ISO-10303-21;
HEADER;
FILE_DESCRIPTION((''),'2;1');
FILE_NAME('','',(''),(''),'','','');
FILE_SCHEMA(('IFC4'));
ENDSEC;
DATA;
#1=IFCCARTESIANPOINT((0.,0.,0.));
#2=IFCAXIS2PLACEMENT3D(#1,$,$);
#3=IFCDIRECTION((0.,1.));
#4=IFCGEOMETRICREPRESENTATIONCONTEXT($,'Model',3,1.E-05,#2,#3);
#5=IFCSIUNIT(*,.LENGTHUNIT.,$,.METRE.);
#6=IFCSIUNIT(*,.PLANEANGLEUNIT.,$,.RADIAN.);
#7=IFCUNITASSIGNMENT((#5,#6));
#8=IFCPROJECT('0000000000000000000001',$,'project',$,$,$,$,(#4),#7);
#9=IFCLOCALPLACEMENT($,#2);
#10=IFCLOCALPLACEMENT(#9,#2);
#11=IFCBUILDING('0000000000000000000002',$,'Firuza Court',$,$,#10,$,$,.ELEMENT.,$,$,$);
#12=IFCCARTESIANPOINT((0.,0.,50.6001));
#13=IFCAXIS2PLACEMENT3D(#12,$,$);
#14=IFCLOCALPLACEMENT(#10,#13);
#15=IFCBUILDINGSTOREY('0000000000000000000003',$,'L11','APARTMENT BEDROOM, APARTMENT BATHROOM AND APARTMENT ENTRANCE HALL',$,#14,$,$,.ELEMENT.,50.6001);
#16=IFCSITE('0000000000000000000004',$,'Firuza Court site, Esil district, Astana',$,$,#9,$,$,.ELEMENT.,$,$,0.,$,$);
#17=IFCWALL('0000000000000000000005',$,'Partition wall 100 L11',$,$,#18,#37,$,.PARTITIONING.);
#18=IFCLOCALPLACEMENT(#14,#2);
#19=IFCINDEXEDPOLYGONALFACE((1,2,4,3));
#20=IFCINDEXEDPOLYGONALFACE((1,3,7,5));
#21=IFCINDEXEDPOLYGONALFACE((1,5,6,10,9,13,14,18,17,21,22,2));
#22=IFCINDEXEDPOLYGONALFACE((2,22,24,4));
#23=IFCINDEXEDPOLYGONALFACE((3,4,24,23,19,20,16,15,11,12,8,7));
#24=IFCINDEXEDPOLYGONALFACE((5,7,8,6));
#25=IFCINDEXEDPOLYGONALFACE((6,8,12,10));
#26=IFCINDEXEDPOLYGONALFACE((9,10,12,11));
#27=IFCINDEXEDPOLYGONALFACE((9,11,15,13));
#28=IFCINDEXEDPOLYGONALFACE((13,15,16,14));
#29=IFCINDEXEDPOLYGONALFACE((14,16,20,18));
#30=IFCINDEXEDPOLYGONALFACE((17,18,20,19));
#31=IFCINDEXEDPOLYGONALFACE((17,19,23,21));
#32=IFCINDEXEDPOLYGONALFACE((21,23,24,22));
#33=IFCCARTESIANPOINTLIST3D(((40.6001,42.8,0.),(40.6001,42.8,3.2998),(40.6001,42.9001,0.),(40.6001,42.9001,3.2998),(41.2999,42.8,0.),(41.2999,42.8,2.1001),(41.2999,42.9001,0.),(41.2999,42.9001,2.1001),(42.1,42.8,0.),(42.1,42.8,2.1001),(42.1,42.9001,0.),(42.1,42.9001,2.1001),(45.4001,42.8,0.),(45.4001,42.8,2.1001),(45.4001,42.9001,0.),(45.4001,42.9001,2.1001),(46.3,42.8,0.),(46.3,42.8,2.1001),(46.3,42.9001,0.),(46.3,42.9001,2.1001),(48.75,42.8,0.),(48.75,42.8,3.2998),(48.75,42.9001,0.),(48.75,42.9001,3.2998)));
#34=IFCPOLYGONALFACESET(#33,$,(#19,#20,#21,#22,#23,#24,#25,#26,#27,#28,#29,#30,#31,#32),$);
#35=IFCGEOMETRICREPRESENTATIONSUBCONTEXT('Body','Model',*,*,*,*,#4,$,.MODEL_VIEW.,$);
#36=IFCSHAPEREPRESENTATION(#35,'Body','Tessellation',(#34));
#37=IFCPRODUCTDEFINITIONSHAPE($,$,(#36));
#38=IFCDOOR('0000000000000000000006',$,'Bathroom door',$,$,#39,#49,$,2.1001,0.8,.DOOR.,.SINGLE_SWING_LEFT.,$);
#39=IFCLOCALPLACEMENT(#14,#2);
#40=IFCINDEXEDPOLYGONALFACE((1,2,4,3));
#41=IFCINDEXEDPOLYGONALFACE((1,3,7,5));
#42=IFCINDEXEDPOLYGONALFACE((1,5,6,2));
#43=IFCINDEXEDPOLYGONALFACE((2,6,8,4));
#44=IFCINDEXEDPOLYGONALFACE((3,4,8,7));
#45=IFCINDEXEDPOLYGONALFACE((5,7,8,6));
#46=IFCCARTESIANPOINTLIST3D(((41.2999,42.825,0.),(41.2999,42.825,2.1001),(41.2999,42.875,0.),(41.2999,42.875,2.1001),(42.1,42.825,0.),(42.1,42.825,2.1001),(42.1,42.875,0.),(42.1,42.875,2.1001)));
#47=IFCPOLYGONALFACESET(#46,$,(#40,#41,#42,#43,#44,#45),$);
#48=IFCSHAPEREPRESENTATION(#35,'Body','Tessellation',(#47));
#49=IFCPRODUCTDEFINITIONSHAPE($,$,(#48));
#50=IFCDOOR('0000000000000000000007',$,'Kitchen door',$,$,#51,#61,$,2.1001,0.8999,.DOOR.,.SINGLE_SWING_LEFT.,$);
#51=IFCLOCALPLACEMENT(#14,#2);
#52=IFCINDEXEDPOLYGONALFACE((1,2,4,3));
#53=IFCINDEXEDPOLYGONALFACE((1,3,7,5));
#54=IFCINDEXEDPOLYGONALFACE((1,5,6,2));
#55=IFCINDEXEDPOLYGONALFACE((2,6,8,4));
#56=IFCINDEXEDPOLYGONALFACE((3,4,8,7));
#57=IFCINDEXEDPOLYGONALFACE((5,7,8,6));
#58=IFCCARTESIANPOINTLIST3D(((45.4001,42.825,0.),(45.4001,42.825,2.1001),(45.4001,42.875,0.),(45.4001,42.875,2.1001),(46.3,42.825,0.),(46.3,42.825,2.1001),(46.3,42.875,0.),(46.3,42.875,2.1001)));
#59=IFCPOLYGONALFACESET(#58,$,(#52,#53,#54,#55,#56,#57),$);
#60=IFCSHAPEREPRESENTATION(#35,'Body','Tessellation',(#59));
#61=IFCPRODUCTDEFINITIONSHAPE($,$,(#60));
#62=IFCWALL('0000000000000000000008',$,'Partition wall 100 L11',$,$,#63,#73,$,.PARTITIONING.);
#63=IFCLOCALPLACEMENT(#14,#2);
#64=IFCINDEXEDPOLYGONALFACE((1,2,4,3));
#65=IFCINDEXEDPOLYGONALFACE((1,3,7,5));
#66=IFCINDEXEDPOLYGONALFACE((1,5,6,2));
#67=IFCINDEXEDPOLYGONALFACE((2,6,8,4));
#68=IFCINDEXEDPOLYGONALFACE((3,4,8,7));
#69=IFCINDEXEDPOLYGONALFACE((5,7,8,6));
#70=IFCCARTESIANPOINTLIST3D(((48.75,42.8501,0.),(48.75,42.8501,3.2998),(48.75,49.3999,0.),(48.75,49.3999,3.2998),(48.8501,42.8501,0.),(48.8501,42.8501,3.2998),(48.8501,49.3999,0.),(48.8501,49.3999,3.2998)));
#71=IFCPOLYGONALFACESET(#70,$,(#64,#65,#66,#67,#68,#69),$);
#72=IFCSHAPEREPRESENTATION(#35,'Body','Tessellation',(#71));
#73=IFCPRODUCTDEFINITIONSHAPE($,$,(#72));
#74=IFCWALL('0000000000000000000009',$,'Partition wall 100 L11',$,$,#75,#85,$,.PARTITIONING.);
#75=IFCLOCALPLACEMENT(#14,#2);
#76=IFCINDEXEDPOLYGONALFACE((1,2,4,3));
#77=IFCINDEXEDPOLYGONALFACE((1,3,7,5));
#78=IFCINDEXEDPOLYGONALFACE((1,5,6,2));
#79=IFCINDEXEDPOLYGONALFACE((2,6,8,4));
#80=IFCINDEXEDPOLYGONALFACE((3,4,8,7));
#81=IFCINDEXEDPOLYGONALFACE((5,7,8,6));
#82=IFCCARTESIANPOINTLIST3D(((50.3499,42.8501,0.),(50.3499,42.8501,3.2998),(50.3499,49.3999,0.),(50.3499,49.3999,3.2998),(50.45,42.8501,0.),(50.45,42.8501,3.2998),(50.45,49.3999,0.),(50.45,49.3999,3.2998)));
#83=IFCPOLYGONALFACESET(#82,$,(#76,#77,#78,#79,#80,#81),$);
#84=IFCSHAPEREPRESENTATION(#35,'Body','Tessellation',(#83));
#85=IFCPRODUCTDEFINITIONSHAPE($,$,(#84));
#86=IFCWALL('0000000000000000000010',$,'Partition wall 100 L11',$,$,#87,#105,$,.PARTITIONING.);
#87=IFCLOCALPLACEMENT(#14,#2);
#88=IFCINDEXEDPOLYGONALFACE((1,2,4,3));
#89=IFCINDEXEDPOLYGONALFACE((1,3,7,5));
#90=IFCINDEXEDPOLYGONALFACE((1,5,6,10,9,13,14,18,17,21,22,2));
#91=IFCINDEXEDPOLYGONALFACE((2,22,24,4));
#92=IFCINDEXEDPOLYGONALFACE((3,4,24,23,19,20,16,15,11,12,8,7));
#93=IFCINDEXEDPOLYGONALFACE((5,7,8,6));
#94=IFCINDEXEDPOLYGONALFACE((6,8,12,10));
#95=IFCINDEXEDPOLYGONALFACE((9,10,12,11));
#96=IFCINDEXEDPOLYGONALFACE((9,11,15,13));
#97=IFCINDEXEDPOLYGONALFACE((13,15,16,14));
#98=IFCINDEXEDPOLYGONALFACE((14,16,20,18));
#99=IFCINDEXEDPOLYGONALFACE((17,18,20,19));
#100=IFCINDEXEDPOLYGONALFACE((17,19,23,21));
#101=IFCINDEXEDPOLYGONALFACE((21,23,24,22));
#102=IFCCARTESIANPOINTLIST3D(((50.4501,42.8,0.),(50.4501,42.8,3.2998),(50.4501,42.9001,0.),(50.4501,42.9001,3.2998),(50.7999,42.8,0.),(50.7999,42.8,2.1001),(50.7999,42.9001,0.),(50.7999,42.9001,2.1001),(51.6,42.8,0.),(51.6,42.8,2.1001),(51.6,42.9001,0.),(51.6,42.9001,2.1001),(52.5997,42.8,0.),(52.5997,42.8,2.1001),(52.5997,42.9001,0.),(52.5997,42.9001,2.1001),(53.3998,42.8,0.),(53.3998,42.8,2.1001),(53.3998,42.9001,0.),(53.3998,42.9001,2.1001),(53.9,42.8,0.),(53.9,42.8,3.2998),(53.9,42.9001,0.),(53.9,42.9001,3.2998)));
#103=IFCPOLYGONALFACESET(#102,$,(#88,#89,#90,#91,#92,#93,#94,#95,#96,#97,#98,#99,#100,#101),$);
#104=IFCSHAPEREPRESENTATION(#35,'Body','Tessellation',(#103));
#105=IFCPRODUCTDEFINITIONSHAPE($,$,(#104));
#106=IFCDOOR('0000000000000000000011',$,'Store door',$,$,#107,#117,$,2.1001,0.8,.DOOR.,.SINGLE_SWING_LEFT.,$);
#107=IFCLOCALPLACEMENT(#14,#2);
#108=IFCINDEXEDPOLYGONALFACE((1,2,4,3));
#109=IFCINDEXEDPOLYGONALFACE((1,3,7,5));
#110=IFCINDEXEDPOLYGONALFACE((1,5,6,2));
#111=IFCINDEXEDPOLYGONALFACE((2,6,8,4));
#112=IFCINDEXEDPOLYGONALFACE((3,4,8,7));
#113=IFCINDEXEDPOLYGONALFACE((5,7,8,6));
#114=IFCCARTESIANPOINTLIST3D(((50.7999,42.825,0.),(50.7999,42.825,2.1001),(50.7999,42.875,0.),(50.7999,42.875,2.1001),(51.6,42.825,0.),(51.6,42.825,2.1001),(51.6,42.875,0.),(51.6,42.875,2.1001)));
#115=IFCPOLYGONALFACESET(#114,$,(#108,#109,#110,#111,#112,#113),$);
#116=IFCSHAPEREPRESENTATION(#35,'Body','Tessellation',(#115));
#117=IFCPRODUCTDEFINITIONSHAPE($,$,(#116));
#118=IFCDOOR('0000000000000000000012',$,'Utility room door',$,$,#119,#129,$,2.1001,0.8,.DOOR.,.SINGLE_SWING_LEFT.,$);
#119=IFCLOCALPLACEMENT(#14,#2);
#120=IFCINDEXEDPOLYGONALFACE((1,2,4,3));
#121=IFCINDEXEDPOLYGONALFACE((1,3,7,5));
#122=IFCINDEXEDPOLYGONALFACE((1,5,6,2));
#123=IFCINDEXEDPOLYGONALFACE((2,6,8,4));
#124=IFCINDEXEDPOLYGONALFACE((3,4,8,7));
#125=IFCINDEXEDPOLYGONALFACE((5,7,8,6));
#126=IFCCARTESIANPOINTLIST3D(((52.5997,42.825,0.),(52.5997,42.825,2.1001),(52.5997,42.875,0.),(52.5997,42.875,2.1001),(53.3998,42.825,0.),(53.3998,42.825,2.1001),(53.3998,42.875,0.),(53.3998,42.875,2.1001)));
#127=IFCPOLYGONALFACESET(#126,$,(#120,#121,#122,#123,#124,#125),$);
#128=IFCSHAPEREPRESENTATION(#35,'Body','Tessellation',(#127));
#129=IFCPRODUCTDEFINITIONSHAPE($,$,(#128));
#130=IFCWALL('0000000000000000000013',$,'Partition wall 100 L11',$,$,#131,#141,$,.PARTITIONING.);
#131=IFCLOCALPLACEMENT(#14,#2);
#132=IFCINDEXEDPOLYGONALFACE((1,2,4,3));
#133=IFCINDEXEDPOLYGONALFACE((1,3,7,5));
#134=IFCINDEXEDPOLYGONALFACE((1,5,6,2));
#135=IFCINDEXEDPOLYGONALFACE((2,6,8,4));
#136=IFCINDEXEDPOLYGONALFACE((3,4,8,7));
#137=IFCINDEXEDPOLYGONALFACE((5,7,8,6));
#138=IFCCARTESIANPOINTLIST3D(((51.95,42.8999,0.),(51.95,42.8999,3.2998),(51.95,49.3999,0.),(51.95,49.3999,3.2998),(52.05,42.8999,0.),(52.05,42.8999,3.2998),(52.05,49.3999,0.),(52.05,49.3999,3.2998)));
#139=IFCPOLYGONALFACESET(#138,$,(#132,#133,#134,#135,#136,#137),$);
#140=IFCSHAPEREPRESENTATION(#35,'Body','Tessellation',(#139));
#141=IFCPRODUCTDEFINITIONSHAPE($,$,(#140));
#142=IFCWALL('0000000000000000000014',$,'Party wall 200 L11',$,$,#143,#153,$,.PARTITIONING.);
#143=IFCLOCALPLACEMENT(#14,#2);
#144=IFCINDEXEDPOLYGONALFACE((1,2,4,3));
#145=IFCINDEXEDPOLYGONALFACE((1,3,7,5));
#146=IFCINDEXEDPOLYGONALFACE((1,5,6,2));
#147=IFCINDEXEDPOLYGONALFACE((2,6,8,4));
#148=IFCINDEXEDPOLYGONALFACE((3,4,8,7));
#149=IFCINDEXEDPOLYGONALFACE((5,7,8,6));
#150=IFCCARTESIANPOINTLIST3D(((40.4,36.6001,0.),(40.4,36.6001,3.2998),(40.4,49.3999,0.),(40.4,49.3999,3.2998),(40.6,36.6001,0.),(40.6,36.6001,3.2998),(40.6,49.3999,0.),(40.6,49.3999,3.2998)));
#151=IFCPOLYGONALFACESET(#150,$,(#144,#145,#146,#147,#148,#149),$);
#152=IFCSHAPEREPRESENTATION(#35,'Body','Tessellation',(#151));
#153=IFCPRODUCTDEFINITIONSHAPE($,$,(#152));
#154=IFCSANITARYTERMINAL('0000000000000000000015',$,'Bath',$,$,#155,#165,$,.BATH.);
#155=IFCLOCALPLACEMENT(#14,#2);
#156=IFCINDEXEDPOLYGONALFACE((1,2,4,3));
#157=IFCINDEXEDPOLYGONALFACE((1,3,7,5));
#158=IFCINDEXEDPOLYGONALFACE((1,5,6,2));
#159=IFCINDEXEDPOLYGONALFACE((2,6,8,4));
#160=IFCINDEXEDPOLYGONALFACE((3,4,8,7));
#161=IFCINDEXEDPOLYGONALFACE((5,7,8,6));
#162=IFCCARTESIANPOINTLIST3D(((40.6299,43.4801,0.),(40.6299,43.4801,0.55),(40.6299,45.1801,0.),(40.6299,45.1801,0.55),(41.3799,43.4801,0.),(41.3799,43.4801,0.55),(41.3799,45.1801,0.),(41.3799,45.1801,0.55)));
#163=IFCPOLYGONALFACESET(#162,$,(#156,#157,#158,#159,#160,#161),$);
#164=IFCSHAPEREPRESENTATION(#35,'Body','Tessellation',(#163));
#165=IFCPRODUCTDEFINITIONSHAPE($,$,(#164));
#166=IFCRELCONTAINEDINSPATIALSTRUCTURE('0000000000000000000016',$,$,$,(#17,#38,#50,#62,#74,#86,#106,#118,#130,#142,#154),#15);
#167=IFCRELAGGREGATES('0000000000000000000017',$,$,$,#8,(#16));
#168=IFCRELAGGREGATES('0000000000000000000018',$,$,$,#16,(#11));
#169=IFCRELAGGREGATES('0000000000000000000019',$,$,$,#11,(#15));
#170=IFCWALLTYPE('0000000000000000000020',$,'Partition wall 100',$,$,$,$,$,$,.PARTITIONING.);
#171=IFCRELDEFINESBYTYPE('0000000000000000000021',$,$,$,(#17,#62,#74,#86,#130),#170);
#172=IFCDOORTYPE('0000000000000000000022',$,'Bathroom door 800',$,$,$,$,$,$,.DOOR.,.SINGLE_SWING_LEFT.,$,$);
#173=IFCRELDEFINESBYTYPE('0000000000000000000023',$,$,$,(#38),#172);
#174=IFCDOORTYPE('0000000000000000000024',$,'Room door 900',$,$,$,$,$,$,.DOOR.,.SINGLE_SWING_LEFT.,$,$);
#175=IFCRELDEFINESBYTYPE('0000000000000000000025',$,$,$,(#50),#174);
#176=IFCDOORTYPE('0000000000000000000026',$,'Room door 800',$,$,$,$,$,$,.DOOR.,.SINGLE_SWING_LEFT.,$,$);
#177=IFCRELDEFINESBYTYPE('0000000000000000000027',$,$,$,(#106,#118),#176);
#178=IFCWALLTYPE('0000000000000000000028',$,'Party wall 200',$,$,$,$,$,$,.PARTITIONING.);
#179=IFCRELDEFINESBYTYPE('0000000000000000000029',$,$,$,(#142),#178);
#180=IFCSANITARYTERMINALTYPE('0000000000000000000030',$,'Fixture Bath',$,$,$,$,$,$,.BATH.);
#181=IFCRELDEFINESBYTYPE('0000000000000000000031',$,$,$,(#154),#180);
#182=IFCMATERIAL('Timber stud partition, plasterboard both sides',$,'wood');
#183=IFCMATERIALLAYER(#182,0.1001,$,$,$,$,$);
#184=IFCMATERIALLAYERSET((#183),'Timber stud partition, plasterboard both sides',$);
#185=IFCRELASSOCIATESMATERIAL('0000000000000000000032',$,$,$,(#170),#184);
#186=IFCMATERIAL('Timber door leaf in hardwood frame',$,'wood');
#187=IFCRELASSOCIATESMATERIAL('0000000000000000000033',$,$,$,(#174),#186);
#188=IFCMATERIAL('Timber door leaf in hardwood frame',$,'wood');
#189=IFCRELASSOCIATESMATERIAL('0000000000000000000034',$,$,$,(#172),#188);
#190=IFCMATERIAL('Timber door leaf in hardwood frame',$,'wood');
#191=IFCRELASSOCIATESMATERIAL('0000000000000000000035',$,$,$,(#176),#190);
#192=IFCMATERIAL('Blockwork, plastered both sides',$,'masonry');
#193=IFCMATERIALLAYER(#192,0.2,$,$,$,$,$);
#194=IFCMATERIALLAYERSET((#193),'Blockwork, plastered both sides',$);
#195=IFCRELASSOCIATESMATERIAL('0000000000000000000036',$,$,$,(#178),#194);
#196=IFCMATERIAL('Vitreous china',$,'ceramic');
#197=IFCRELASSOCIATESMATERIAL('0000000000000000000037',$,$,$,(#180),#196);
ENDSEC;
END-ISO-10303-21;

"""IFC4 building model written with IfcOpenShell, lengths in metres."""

from ifc_helpers import new_model, si_unit, direction, frame, frame_2d, origin, origin_2d, place, context, subcontext, project, spatial, rectangle, extrude, material, layer, layer_set, type_object, element, fill, save


model = new_model("IFC4")

# Units and contexts
model_context = context("Model", 3, precision=1e-05, world=origin(), true_north=direction((0.0, 1.0)))
body_context = subcontext(model_context, "Body", "Model", "MODEL_VIEW")
ifc_project = project(units=[si_unit("LENGTHUNIT", "METRE"), si_unit("PLANEANGLEUNIT", "RADIAN")], contexts=[model_context])

# Site, building, storey
site_placement = place(None, origin())
site = spatial("IfcSite", under=ifc_project, at=site_placement, Name="Firuza Court site, Esil district, Astana", CompositionType="ELEMENT", RefElevation=0.0)
building_placement = place(site_placement, origin())
building = spatial("IfcBuilding", under=site, at=building_placement, Name="Firuza Court", CompositionType="ELEMENT")
storey_placement = place(building_placement, frame((0.0, 0.0, 50.6001)))
storey = spatial("IfcBuildingStorey", under=building, at=storey_placement, Name="L11", Description="APARTMENT BEDROOM, APARTMENT BATHROOM AND APARTMENT ENTRANCE HALL", CompositionType="ELEMENT", Elevation=50.6001)

# Shared definitions
ifc_material_1 = material(Name="Timber stud partition, plasterboard both sides", Category="wood")
ifc_layer_1 = layer(ifc_material_1, 0.1001)
ifc_layer_set_1 = layer_set([ifc_layer_1], Name="Timber stud partition, plasterboard both sides")
wall_type_1 = type_object("IfcWallType", Name="Partition wall 100", PredefinedType="PARTITIONING", material=ifc_layer_set_1)

# Shared definitions
ifc_material_2 = material(Name="Timber door leaf in hardwood frame", Category="wood")
door_type_1 = type_object("IfcDoorType", Name="Room door 900", OperationType="SINGLE_SWING_LEFT", PredefinedType="DOOR", material=ifc_material_2)

# Wall, openings, doors
wall_1_placement = place(storey_placement, frame((40.6001, 42.8501, 0.0), z_axis=(0.0, 0.0, 1.0), x_axis=(1.0, 0.0, 0.0)))
wall_1 = element("IfcWall", 1, at=wall_1_placement, inside=storey, type_object=wall_type_1, Name="Partition wall 100 L11", PredefinedType="PARTITIONING", context=body_context, shape_type="SweptSolid", body=[
    extrude(rectangle(XDim=8.1499, YDim=0.1001, at=frame_2d((4.075, 0.0))), origin(), (0.0, 0.0, 1.0), 3.2998),
])
opening_1_placement = place(wall_1_placement, frame((0.7, 0.0, 0.0)))
opening_1 = element("IfcOpeningElement", 2, at=opening_1_placement, cuts=wall_1, PredefinedType="OPENING", context=body_context, shape_type="SweptSolid", body=[
    extrude(rectangle(XDim=0.8, YDim=2.1001, at=frame_2d((0.3999, 1.05))), frame((0.0, 0.062, 0.0), z_axis=(0.0, -1.0, 0.0), x_axis=(1.0, 0.0, 0.0)), (0.0, 0.0, 1.0), 0.124),
])
opening_2_placement = place(wall_1_placement, frame((4.8, 0.0, 0.0)))
opening_2 = element("IfcOpeningElement", 3, at=opening_2_placement, cuts=wall_1, PredefinedType="OPENING", context=body_context, shape_type="SweptSolid", body=[
    extrude(rectangle(XDim=0.8999, YDim=2.1001, at=frame_2d((0.45, 1.05))), frame((0.0, 0.062, 0.0), z_axis=(0.0, -1.0, 0.0), x_axis=(1.0, 0.0, 0.0)), (0.0, 0.0, 1.0), 0.124),
])
ifc_material_3 = material(Name="Timber door leaf in hardwood frame", Category="wood")
door_type_2 = type_object("IfcDoorType", Name="Bathroom door 800", OperationType="SINGLE_SWING_LEFT", PredefinedType="DOOR", material=ifc_material_3)
door_1_placement = place(opening_1_placement, origin())
door_1 = element("IfcDoor", 4, at=door_1_placement, inside=storey, type_object=door_type_2, Name="Bathroom door", OperationType="SINGLE_SWING_LEFT", OverallHeight=2.1001, OverallWidth=0.8, PredefinedType="DOOR", context=body_context, shape_type="SweptSolid", body=[
    extrude(rectangle(XDim=0.8, YDim=2.1001, at=frame_2d((0.3999, 1.05))), frame((0.0, 0.0249, 0.0), z_axis=(0.0, -1.0, 0.0), x_axis=(1.0, 0.0, 0.0)), (0.0, 0.0, 1.0), 0.05),
])
fill(opening_1, door_1)
door_2_placement = place(opening_2_placement, origin())
door_2 = element("IfcDoor", 5, at=door_2_placement, inside=storey, type_object=door_type_1, Name="Kitchen door", OperationType="SINGLE_SWING_LEFT", OverallHeight=2.1001, OverallWidth=0.8999, PredefinedType="DOOR", context=body_context, shape_type="SweptSolid", body=[
    extrude(rectangle(XDim=0.8999, YDim=2.1001, at=frame_2d((0.45, 1.05))), frame((0.0, 0.0249, 0.0), z_axis=(0.0, -1.0, 0.0), x_axis=(1.0, 0.0, 0.0)), (0.0, 0.0, 1.0), 0.05),
])
fill(opening_2, door_2)

# Walls
for number, where, z_axis, x_axis, name in (
    (6, (48.8, 42.8501, 0.0), (0.0, 0.0, 1.0), (0.0, 1.0, 0.0), "Partition wall 100 L11"),
    (7, (50.3999, 42.8501, 0.0), (0.0, 0.0, 1.0), (0.0, 1.0, 0.0), "Partition wall 100 L11"),
):
    element("IfcWall", number, at=place(storey_placement, frame(where, z_axis=z_axis, x_axis=x_axis)), inside=storey, type_object=wall_type_1, Name=name, PredefinedType="PARTITIONING", context=body_context, shape_type="SweptSolid", body=[
        extrude(rectangle(XDim=6.5498, YDim=0.1001, at=frame_2d((3.2749, 0.0))), origin(), (0.0, 0.0, 1.0), 3.2998),
    ])

# Wall, openings, doors
wall_2_placement = place(storey_placement, frame((50.45, 42.8501, 0.0), z_axis=(0.0, 0.0, 1.0), x_axis=(1.0, 0.0, 0.0)))
wall_2 = element("IfcWall", 8, at=wall_2_placement, inside=storey, type_object=wall_type_1, Name="Partition wall 100 L11", PredefinedType="PARTITIONING", context=body_context, shape_type="SweptSolid", body=[
    extrude(rectangle(XDim=3.45, YDim=0.1001, at=frame_2d((1.7251, 0.0))), origin(), (0.0, 0.0, 1.0), 3.2998),
])
opening_3_placement = place(wall_2_placement, frame((0.3501, 0.0, 0.0)))
opening_3 = element("IfcOpeningElement", 9, at=opening_3_placement, cuts=wall_2, PredefinedType="OPENING", context=body_context, shape_type="SweptSolid", body=[
    extrude(rectangle(XDim=0.8, YDim=2.1001, at=frame_2d((0.3999, 1.05))), frame((0.0, 0.062, 0.0), z_axis=(0.0, -1.0, 0.0), x_axis=(1.0, 0.0, 0.0)), (0.0, 0.0, 1.0), 0.124),
])
opening_4_placement = place(wall_2_placement, frame((2.1499, 0.0, 0.0)))
opening_4 = element("IfcOpeningElement", 10, at=opening_4_placement, cuts=wall_2, PredefinedType="OPENING", context=body_context, shape_type="SweptSolid", body=[
    extrude(rectangle(XDim=0.8, YDim=2.1001, at=frame_2d((0.3999, 1.05))), frame((0.0, 0.062, 0.0), z_axis=(0.0, -1.0, 0.0), x_axis=(1.0, 0.0, 0.0)), (0.0, 0.0, 1.0), 0.124),
])
ifc_material_4 = material(Name="Timber door leaf in hardwood frame", Category="wood")
door_type_3 = type_object("IfcDoorType", Name="Room door 800", OperationType="SINGLE_SWING_LEFT", PredefinedType="DOOR", material=ifc_material_4)
door_3_placement = place(opening_3_placement, origin())
door_3 = element("IfcDoor", 11, at=door_3_placement, inside=storey, type_object=door_type_3, Name="Store door", OperationType="SINGLE_SWING_LEFT", OverallHeight=2.1001, OverallWidth=0.8, PredefinedType="DOOR", context=body_context, shape_type="SweptSolid", body=[
    extrude(rectangle(XDim=0.8, YDim=2.1001, at=frame_2d((0.3999, 1.05))), frame((0.0, 0.0249, 0.0), z_axis=(0.0, -1.0, 0.0), x_axis=(1.0, 0.0, 0.0)), (0.0, 0.0, 1.0), 0.05),
])
fill(opening_3, door_3)
door_4_placement = place(opening_4_placement, origin())
door_4 = element("IfcDoor", 12, at=door_4_placement, inside=storey, type_object=door_type_3, Name="Utility room door", OperationType="SINGLE_SWING_LEFT", OverallHeight=2.1001, OverallWidth=0.8, PredefinedType="DOOR", context=body_context, shape_type="SweptSolid", body=[
    extrude(rectangle(XDim=0.8, YDim=2.1001, at=frame_2d((0.3999, 1.05))), frame((0.0, 0.0249, 0.0), z_axis=(0.0, -1.0, 0.0), x_axis=(1.0, 0.0, 0.0)), (0.0, 0.0, 1.0), 0.05),
])
fill(opening_4, door_4)

# Walls
wall_3_placement = place(storey_placement, frame((52.0, 42.8999, 0.0), z_axis=(0.0, 0.0, 1.0), x_axis=(0.0, 1.0, 0.0)))
element("IfcWall", 13, at=wall_3_placement, inside=storey, type_object=wall_type_1, Name="Partition wall 100 L11", PredefinedType="PARTITIONING", context=body_context, shape_type="SweptSolid", body=[
    extrude(rectangle(XDim=6.5, YDim=0.1001, at=frame_2d((3.25, 0.0))), origin(), (0.0, 0.0, 1.0), 3.2998),
])
ifc_material_5 = material(Name="Blockwork, plastered both sides", Category="masonry")
ifc_layer_2 = layer(ifc_material_5, 0.2)
ifc_layer_set_2 = layer_set([ifc_layer_2], Name="Blockwork, plastered both sides")
wall_type_2 = type_object("IfcWallType", Name="Party wall 200", PredefinedType="PARTITIONING", material=ifc_layer_set_2)
wall_4_placement = place(storey_placement, frame((40.5, 36.6001, 0.0), z_axis=(0.0, 0.0, 1.0), x_axis=(0.0, 1.0, 0.0)))
element("IfcWall", 14, at=wall_4_placement, inside=storey, type_object=wall_type_2, Name="Party wall 200 L11", PredefinedType="PARTITIONING", context=body_context, shape_type="SweptSolid", body=[
    extrude(rectangle(XDim=12.7998, YDim=0.2, at=frame_2d((6.3999, 0.0))), origin(), (0.0, 0.0, 1.0), 3.2998),
])

# Sanitary terminal
ifc_material_6 = material(Name="Vitreous china", Category="ceramic")
sanitary_terminal_type_1 = type_object("IfcSanitaryTerminalType", Name="Fixture Bath", PredefinedType="BATH", material=ifc_material_6)
sanitary_terminal_1_placement = place(storey_placement, frame((41.0049, 44.3301, 0.0), z_axis=(0.0, 0.0, 1.0), x_axis=(1.0, 0.0, 0.0)))
element("IfcSanitaryTerminal", 15, at=sanitary_terminal_1_placement, inside=storey, type_object=sanitary_terminal_type_1, Name="Bath", PredefinedType="BATH", context=body_context, shape_type="SweptSolid", body=[
    extrude(rectangle(XDim=0.75, YDim=1.7, at=origin_2d()), origin(), (0.0, 0.0, 1.0), 0.55),
])

save(model, "model.ifc")
